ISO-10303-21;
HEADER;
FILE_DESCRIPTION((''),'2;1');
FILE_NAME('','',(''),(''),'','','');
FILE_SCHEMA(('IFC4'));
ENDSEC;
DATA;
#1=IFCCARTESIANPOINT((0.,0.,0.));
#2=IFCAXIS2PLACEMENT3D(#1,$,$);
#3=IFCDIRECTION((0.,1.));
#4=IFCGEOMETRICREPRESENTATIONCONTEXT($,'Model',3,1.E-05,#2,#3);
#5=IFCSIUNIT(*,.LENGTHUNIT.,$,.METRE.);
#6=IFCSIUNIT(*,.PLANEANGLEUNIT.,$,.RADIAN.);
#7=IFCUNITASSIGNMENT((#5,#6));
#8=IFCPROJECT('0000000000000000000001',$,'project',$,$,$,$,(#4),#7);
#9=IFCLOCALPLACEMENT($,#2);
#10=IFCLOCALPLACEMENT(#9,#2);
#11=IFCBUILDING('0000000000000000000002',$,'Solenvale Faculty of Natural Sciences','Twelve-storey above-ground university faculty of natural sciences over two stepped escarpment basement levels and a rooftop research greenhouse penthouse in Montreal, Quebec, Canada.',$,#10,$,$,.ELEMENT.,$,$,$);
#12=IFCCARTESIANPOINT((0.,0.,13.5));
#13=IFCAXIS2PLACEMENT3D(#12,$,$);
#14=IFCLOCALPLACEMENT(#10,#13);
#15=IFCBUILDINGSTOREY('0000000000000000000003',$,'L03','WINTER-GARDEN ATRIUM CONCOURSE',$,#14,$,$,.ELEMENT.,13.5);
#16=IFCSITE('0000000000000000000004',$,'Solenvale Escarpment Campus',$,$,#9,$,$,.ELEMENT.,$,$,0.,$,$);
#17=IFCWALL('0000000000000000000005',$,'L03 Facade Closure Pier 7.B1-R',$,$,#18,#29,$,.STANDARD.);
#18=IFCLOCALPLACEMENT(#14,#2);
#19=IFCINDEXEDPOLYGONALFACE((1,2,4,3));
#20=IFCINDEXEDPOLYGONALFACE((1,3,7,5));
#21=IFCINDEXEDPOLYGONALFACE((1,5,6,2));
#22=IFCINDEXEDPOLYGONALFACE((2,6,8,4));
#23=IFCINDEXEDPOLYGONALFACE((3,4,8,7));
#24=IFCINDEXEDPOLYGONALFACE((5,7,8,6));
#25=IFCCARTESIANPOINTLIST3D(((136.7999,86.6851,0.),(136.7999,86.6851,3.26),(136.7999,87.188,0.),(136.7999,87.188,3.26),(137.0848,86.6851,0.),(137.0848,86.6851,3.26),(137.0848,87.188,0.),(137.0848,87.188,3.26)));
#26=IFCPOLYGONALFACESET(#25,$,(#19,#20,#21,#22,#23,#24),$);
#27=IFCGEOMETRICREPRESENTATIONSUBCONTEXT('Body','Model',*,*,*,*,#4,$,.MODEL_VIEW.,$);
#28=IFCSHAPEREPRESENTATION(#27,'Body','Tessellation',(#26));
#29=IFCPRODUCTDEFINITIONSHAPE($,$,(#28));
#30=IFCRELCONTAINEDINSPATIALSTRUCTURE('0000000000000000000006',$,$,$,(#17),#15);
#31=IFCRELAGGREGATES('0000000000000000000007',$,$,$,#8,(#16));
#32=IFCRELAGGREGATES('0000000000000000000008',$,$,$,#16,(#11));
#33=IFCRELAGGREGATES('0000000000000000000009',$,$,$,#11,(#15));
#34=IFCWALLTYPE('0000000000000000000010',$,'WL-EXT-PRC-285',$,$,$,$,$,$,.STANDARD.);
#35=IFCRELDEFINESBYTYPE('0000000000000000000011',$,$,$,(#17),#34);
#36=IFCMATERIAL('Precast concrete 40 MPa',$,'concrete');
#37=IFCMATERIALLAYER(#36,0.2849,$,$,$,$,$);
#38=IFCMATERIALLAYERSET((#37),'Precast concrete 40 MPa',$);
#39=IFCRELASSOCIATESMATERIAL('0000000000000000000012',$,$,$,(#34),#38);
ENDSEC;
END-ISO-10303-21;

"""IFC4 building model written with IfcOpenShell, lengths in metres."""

from ifc_helpers import new_model, si_unit, direction, frame, frame_2d, origin, place, context, subcontext, project, spatial, rectangle, extrude, material, layer, layer_set, type_object, element, save


model = new_model("IFC4")

# Units and contexts
model_context = context("Model", 3, precision=1e-05, world=origin(), true_north=direction((0.0, 1.0)))
body_context = subcontext(model_context, "Body", "Model", "MODEL_VIEW")
ifc_project = project(units=[si_unit("LENGTHUNIT", "METRE"), si_unit("PLANEANGLEUNIT", "RADIAN")], contexts=[model_context])

# Site, building, storey
site_placement = place(None, origin())
site = spatial("IfcSite", under=ifc_project, at=site_placement, Name="Solenvale Escarpment Campus", CompositionType="ELEMENT", RefElevation=0.0)
building_placement = place(site_placement, origin())
building = spatial("IfcBuilding", under=site, at=building_placement, Name="Solenvale Faculty of Natural Sciences", Description="Twelve-storey above-ground university faculty of natural sciences over two stepped escarpment basement levels and a rooftop research greenhouse penthouse in Montreal, Quebec, Canada.", CompositionType="ELEMENT")
storey_placement = place(building_placement, frame((0.0, 0.0, 13.5)))
storey = spatial("IfcBuildingStorey", under=building, at=storey_placement, Name="L03", Description="WINTER-GARDEN ATRIUM CONCOURSE", CompositionType="ELEMENT", Elevation=13.5)

# Wall
ifc_material_1 = material(Name="Precast concrete 40 MPa", Category="concrete")
ifc_layer_1 = layer(ifc_material_1, 0.2849)
ifc_layer_set_1 = layer_set([ifc_layer_1], Name="Precast concrete 40 MPa")
wall_type = type_object("IfcWallType", Name="WL-EXT-PRC-285", PredefinedType="STANDARD", material=ifc_layer_set_1)
wall_1_placement = place(storey_placement, frame((136.9424, 87.188, 0.0), z_axis=(0.0, 0.0, 1.0), x_axis=(0.0, -1.0, 0.0)))
element("IfcWall", 1, at=wall_1_placement, inside=storey, type_object=wall_type, Name="L03 Facade Closure Pier 7.B1-R", PredefinedType="STANDARD", context=body_context, shape_type="SweptSolid", body=[
    extrude(rectangle(XDim=0.5029, YDim=0.2849, at=frame_2d((0.2515, 0.0))), origin(), (0.0, 0.0, 1.0), 3.26),
])

save(model, "model.ifc")
